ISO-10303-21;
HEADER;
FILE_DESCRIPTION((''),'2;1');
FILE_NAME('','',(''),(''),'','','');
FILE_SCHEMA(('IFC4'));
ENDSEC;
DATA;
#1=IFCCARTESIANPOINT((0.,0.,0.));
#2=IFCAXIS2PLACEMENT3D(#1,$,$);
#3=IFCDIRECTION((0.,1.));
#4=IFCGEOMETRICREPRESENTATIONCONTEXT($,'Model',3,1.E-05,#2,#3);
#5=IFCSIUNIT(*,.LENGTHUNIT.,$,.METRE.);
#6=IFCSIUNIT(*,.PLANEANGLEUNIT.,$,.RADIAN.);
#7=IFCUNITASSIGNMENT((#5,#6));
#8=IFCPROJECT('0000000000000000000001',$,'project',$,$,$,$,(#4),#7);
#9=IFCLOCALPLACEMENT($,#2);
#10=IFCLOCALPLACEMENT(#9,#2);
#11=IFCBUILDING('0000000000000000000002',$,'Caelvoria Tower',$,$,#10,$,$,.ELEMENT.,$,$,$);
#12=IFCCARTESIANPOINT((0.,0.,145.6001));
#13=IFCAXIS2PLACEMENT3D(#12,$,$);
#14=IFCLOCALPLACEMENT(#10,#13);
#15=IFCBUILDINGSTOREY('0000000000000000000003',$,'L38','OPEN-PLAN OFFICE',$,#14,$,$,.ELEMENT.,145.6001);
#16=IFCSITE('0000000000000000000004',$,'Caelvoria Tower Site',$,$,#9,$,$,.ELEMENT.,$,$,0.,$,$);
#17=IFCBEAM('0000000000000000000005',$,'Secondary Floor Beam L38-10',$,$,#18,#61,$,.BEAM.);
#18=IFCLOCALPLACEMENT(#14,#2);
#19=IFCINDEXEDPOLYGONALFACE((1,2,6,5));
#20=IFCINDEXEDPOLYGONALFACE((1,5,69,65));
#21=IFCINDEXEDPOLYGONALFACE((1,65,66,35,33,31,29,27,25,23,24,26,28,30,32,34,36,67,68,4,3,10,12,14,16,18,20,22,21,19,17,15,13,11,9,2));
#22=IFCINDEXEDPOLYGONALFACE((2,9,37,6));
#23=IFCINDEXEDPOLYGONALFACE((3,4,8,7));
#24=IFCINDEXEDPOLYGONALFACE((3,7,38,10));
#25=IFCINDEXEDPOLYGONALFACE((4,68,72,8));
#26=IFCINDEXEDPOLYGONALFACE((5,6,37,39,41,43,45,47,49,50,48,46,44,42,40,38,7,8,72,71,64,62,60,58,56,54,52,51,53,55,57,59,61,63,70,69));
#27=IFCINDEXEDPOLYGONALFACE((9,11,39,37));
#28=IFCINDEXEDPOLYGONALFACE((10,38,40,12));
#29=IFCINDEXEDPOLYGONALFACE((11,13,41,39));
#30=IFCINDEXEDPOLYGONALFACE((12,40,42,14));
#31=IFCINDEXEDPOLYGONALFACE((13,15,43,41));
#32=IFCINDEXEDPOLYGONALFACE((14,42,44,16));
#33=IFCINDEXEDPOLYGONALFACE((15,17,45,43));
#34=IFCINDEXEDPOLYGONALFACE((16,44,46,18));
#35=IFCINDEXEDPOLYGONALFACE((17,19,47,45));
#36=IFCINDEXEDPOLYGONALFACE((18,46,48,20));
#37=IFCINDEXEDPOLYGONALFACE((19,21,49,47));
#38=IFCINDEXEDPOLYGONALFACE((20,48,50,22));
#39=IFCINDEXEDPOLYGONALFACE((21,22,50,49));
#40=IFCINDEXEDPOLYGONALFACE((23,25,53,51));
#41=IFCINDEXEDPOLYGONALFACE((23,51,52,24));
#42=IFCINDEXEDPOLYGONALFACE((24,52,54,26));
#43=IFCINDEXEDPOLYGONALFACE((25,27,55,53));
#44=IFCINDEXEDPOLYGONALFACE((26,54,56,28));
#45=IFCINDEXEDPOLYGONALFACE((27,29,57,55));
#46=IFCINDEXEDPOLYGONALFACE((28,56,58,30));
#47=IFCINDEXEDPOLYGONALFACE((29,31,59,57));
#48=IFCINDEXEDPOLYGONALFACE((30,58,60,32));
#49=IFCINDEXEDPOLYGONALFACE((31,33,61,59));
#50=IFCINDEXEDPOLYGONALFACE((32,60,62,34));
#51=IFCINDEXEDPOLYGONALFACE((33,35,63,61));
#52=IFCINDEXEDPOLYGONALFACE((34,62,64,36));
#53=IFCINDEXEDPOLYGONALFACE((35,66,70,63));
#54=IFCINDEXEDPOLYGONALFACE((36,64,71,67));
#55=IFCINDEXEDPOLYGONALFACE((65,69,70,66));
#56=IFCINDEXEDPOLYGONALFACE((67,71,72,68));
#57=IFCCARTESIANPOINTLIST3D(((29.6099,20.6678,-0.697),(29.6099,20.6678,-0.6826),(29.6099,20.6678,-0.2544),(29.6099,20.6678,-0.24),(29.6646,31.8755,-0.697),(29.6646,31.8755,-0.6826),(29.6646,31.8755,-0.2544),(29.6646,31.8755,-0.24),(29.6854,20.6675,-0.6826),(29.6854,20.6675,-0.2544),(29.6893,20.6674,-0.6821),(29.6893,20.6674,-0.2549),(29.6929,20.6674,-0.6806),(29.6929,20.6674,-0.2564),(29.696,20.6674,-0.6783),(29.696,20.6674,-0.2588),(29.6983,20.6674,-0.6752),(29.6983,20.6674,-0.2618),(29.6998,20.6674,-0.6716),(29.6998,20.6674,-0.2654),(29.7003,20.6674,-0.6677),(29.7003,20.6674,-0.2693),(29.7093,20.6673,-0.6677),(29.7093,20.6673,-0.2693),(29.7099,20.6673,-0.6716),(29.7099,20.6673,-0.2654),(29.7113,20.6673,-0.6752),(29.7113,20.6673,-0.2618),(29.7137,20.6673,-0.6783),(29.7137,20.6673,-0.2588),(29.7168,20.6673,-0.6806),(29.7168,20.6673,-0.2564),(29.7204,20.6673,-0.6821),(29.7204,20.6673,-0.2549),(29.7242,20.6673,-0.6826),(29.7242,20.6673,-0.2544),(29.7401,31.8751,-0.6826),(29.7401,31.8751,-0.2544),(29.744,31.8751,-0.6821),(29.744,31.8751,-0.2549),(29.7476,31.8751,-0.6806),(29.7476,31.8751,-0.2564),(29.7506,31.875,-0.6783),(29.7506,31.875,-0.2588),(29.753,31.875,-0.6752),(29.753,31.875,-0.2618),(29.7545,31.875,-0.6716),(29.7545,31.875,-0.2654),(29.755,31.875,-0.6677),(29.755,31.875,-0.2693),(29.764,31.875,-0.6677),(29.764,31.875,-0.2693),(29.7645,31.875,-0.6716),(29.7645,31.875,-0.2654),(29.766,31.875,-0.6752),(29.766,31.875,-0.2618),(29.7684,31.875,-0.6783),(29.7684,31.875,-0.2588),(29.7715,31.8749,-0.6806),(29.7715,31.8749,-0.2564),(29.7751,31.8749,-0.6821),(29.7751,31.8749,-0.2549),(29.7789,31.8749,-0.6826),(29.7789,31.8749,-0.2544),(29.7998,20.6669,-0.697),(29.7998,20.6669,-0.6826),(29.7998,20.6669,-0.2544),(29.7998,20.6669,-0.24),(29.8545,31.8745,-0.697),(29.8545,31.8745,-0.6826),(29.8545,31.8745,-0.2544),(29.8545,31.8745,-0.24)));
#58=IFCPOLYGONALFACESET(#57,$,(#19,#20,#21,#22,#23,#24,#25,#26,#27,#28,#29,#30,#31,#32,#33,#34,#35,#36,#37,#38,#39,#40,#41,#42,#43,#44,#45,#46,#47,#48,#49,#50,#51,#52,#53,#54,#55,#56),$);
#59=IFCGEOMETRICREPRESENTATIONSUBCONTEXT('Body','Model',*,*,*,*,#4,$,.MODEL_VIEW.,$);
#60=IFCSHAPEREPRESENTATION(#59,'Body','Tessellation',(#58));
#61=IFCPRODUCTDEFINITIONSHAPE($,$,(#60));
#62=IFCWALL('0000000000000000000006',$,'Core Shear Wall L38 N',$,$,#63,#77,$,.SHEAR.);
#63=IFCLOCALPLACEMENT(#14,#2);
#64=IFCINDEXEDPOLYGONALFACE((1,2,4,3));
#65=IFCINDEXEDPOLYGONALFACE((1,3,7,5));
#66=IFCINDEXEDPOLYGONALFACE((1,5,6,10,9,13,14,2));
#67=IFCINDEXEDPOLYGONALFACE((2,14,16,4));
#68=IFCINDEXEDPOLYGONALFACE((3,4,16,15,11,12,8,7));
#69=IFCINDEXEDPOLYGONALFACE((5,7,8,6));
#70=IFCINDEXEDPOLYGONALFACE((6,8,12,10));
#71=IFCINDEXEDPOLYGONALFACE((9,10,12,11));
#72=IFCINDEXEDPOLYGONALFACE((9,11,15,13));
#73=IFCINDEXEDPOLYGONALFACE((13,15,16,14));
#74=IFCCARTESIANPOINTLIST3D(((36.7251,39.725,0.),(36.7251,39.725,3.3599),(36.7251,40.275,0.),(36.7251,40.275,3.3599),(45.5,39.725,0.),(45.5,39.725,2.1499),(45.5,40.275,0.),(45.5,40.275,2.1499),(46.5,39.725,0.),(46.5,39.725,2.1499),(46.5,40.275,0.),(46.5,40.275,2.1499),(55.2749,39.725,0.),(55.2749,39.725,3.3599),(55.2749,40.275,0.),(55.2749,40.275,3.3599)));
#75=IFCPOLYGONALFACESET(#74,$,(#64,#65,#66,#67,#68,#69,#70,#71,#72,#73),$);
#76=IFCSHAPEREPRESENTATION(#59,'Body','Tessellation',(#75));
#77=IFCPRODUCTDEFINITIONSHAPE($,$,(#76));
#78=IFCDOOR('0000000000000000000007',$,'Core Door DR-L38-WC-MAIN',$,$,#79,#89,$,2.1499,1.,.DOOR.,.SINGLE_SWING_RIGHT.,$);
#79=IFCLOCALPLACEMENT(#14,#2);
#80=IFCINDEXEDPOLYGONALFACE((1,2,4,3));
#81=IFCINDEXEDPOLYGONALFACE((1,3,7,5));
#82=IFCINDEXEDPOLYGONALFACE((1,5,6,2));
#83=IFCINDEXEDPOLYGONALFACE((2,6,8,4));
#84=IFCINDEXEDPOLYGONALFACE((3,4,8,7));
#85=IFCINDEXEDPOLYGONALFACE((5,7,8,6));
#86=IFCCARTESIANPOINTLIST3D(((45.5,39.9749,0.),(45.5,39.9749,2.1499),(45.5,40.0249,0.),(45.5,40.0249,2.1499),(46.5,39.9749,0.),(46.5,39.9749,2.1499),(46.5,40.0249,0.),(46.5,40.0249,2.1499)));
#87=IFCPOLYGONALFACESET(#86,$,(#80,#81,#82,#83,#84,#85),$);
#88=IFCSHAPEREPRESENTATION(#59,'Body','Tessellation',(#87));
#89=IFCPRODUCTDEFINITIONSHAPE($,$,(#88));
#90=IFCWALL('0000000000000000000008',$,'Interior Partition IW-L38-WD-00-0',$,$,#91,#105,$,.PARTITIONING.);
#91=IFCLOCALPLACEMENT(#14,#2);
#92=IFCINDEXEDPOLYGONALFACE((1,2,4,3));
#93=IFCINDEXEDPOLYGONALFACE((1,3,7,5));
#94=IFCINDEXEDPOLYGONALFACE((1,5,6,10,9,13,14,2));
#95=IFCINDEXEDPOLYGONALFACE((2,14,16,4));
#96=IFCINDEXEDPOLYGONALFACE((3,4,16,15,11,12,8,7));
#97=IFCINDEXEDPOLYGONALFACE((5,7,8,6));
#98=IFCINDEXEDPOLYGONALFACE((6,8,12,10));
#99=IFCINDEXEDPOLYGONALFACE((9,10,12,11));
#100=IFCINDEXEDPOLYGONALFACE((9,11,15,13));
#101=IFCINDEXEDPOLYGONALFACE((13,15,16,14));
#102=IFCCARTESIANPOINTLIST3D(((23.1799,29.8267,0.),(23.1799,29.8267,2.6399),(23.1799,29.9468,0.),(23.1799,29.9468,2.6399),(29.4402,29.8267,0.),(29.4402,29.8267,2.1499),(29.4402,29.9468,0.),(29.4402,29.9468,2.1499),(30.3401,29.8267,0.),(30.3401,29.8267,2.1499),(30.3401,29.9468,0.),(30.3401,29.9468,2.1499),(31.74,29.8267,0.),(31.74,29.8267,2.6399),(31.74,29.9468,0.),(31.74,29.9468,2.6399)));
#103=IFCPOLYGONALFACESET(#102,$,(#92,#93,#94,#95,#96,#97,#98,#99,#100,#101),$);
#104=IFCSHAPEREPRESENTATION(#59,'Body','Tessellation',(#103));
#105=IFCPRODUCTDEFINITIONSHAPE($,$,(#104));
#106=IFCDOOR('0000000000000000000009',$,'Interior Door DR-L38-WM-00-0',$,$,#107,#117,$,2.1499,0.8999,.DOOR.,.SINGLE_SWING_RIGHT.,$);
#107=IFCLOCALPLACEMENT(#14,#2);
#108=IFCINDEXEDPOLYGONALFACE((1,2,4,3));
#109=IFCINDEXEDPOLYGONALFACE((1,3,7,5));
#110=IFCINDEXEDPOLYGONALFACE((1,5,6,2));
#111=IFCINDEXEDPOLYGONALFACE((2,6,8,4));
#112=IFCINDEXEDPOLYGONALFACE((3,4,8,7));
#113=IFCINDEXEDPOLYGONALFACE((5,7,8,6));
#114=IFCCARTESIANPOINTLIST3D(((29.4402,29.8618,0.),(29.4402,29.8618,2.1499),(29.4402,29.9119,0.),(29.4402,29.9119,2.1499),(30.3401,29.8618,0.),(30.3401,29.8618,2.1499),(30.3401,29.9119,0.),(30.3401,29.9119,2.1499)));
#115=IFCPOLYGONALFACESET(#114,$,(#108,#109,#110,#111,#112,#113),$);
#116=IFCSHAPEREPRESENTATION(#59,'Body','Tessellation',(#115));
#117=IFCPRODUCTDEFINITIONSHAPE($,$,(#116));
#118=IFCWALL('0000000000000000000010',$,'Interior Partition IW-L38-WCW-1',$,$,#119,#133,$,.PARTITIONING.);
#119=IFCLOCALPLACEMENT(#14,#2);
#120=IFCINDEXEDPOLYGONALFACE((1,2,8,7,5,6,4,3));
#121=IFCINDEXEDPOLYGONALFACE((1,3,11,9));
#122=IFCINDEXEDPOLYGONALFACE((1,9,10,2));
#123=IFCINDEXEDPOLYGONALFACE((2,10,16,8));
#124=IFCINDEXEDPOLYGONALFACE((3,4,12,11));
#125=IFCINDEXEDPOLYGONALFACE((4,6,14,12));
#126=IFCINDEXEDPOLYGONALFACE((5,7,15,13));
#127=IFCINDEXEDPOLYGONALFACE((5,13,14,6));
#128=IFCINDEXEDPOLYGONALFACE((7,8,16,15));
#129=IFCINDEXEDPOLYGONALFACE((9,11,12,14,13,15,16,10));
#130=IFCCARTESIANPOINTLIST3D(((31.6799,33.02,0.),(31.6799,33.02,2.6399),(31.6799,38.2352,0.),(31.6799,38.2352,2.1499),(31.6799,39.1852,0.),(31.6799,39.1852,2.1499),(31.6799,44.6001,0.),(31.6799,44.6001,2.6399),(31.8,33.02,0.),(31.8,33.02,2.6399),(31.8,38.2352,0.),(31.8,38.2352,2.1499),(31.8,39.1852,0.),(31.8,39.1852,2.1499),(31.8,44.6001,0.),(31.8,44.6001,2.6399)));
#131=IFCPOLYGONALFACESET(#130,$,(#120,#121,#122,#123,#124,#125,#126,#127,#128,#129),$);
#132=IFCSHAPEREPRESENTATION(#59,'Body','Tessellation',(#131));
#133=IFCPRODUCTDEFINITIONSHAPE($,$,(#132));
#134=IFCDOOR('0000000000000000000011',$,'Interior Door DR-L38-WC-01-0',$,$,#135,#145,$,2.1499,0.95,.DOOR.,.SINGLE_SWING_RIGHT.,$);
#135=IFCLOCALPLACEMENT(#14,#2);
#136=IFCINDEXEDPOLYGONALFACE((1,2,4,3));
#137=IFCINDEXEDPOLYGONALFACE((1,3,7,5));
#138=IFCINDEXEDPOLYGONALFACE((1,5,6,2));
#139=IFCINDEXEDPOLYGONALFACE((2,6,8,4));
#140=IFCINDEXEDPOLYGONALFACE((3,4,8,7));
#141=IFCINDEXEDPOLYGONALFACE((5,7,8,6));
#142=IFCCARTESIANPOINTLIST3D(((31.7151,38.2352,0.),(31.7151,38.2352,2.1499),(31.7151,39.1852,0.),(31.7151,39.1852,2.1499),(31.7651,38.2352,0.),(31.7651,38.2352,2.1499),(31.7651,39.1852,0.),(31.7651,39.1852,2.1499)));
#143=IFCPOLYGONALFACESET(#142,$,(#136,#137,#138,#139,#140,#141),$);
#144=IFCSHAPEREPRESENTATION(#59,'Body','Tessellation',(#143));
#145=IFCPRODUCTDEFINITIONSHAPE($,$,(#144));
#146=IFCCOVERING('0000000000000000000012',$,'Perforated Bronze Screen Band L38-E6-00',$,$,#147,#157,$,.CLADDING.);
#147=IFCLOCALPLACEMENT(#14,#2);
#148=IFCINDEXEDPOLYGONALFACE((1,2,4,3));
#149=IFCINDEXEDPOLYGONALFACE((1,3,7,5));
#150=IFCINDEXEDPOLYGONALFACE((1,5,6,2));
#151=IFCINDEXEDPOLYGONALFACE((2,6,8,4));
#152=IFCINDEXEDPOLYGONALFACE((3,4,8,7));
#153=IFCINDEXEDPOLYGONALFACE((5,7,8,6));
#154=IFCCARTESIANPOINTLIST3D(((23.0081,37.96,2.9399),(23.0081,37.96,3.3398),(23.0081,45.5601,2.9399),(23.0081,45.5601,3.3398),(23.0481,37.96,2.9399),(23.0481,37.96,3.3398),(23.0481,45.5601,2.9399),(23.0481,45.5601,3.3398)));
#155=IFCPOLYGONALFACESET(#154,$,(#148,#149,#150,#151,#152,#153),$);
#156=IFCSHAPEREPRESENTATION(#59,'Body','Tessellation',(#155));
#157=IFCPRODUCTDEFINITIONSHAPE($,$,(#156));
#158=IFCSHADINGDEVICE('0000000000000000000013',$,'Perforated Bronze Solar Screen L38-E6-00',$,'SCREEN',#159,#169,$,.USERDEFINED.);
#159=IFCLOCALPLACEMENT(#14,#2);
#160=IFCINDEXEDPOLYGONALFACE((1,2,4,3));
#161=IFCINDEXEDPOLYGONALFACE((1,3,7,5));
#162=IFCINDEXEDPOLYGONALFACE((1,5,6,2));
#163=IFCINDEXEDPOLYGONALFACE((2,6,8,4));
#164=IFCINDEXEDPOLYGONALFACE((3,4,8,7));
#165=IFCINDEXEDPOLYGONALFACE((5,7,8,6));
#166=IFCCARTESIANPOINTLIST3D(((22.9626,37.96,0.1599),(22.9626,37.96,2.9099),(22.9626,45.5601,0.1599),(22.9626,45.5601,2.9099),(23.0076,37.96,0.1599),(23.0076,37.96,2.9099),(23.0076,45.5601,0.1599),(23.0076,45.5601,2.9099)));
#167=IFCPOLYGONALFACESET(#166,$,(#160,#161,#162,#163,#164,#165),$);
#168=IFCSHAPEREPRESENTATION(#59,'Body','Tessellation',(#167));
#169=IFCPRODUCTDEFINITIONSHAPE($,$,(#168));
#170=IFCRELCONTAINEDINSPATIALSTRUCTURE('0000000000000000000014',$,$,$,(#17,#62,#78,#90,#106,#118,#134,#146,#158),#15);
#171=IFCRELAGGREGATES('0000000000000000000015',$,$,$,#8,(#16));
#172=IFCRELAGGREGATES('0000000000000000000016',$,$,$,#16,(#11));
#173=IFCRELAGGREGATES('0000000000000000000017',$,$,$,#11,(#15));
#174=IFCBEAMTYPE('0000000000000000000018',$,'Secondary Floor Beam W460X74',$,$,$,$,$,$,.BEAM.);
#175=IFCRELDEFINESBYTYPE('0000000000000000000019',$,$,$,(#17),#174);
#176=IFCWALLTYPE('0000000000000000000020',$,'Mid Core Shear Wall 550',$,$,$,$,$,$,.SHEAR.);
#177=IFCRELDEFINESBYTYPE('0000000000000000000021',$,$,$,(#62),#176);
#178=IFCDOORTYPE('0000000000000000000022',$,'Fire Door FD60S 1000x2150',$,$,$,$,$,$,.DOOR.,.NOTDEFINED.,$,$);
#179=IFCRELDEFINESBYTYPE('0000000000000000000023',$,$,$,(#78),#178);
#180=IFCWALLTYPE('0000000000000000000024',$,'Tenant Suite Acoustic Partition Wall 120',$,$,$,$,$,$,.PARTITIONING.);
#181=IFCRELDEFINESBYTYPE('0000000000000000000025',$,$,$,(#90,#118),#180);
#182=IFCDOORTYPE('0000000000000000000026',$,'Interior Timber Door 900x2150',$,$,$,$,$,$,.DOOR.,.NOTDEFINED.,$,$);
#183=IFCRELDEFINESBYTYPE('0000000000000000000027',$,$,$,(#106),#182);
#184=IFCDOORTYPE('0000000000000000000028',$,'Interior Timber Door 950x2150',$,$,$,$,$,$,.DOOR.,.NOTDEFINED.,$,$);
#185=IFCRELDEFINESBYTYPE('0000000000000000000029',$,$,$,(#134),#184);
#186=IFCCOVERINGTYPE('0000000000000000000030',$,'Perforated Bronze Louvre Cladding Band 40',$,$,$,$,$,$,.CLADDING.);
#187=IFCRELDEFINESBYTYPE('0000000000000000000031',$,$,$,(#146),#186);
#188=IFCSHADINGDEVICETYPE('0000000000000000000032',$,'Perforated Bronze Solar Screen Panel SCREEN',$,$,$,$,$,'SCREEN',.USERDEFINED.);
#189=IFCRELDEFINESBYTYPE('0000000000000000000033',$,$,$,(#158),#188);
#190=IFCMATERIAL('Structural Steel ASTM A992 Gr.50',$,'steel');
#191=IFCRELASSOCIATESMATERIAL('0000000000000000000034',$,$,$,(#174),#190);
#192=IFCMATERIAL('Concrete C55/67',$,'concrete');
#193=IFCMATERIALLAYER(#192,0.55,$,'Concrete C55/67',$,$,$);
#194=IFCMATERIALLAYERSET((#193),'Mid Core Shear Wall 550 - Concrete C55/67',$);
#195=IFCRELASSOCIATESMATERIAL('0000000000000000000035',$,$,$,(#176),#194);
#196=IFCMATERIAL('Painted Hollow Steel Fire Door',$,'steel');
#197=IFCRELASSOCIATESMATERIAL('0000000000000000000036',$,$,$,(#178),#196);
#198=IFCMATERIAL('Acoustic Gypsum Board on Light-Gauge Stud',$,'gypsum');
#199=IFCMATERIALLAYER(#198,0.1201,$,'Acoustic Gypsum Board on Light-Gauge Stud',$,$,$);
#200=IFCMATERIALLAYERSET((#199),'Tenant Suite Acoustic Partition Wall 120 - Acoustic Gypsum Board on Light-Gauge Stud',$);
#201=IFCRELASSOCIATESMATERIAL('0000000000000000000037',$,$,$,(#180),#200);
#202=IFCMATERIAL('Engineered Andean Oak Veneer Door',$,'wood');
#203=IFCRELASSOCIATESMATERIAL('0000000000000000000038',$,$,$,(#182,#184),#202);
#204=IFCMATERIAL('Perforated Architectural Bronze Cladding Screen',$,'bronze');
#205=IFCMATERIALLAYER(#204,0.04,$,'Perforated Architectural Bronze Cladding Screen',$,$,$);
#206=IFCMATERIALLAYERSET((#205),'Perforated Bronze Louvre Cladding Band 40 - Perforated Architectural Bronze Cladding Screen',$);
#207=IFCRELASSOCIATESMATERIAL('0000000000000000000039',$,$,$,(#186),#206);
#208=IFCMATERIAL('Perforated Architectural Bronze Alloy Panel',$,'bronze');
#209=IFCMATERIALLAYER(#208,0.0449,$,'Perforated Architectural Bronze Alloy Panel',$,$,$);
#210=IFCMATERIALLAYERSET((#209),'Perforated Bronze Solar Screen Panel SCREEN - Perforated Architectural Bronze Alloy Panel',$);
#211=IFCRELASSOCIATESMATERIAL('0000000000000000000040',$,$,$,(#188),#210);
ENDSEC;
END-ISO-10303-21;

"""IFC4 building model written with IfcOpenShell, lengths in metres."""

from ifc_helpers import new_model, si_unit, direction, frame, frame_2d, origin, origin_2d, place, context, subcontext, project, spatial, rectangle, i_section, extrude, material, layer, layer_set, material_profile, profile_set, type_object, element, fill, save


model = new_model("IFC4")

# Units and contexts
model_context = context("Model", 3, precision=1e-05, world=origin(), true_north=direction((0.0, 1.0)))
body_context = subcontext(model_context, "Body", "Model", "MODEL_VIEW")
ifc_project = project(units=[si_unit("LENGTHUNIT", "METRE"), si_unit("PLANEANGLEUNIT", "RADIAN")], contexts=[model_context])

# Site, building, storey
site_placement = place(None, origin())
site = spatial("IfcSite", under=ifc_project, at=site_placement, Name="Caelvoria Tower Site", CompositionType="ELEMENT", RefElevation=0.0)
building_placement = place(site_placement, origin())
building = spatial("IfcBuilding", under=site, at=building_placement, Name="Caelvoria Tower", CompositionType="ELEMENT")
storey_placement = place(building_placement, frame((0.0, 0.0, 145.6001)))
storey = spatial("IfcBuildingStorey", under=building, at=storey_placement, Name="L38", Description="OPEN-PLAN OFFICE", CompositionType="ELEMENT", Elevation=145.6001)

# Shared definitions
ifc_material_1 = material(Name="Structural Steel ASTM A992 Gr.50", Category="steel")

# Beam
ifc_material_profile_1 = material_profile(ifc_material_1, i_section(OverallWidth=0.1899, OverallDepth=0.457, WebThickness=0.009, FlangeThickness=0.0144, FilletRadius=0.0149, at=origin_2d()), Name="Structural Steel ASTM A992 Gr.50")
ifc_profile_set_1 = profile_set([ifc_material_profile_1], Name="W460X74 - Structural Steel ASTM A992 Gr.50")
beam_type_1 = type_object("IfcBeamType", Name="Secondary Floor Beam W460X74", PredefinedType="BEAM", material=ifc_profile_set_1)
beam_1_placement = place(storey_placement, frame((29.7595, 31.875, -0.4685), z_axis=(-0.004879, -0.999988, 0.0), x_axis=(0.999988, -0.004879, 0.0)))
element("IfcBeam", 1, at=beam_1_placement, inside=storey, type_object=beam_type_1, Name="Secondary Floor Beam L38-10", PredefinedType="BEAM", context=body_context, shape_type="SweptSolid", body=[
    extrude(i_section(OverallWidth=0.1899, OverallDepth=0.457, WebThickness=0.009, FlangeThickness=0.0144, FilletRadius=0.0149, at=origin_2d()), origin(), (0.0, 0.0, 1.0), 11.2078),
])

# Walls, openings, doors
ifc_material_2 = material(Name="Concrete C55/67", Category="concrete")
ifc_layer_1 = layer(ifc_material_2, 0.55, Name="Concrete C55/67")
ifc_layer_set_1 = layer_set([ifc_layer_1], Name="Mid Core Shear Wall 550 - Concrete C55/67")
wall_type_1 = type_object("IfcWallType", Name="Mid Core Shear Wall 550", PredefinedType="SHEAR", material=ifc_layer_set_1)
wall_1_placement = place(storey_placement, frame((36.7251, 40.0, 0.0), z_axis=(0.0, 0.0, 1.0), x_axis=(1.0, 0.0, 0.0)))
wall_1 = element("IfcWall", 2, at=wall_1_placement, inside=storey, type_object=wall_type_1, Name="Core Shear Wall L38 N", PredefinedType="SHEAR", context=body_context, shape_type="SweptSolid", body=[
    extrude(rectangle(XDim=18.5498, YDim=0.55, at=frame_2d((9.2749, 0.0))), origin(), (0.0, 0.0, 1.0), 3.3599),
])
opening_1_placement = place(wall_1_placement, frame((8.7749, 0.0, 0.0)))
opening_1 = element("IfcOpeningElement", 3, at=opening_1_placement, cuts=wall_1, PredefinedType="OPENING", context=body_context, shape_type="SweptSolid", body=[
    extrude(rectangle(XDim=1.0, YDim=2.1499, at=frame_2d((0.5, 1.075))), frame((0.0, 0.2849, 0.0), z_axis=(0.0, -1.0, 0.0), x_axis=(1.0, 0.0, 0.0)), (0.0, 0.0, 1.0), 0.5701),
])
ifc_material_3 = material(Name="Painted Hollow Steel Fire Door", Category="steel")
door_type_1 = type_object("IfcDoorType", Name="Fire Door FD60S 1000x2150", OperationType="NOTDEFINED", PredefinedType="DOOR", material=ifc_material_3)
door_1_placement = place(opening_1_placement, origin())
door_1 = element("IfcDoor", 4, at=door_1_placement, inside=storey, type_object=door_type_1, Name="Core Door DR-L38-WC-MAIN", OperationType="SINGLE_SWING_RIGHT", OverallHeight=2.1499, OverallWidth=1.0, PredefinedType="DOOR", context=body_context, shape_type="SweptSolid", body=[
    extrude(rectangle(XDim=1.0, YDim=2.1499, at=frame_2d((0.5, 1.075))), frame((0.0, 0.0249, 0.0), z_axis=(0.0, -1.0, 0.0), x_axis=(1.0, 0.0, 0.0)), (0.0, 0.0, 1.0), 0.05),
])
fill(opening_1, door_1)
ifc_material_4 = material(Name="Acoustic Gypsum Board on Light-Gauge Stud", Category="gypsum")
ifc_layer_2 = layer(ifc_material_4, 0.1201, Name="Acoustic Gypsum Board on Light-Gauge Stud")
ifc_layer_set_2 = layer_set([ifc_layer_2], Name="Tenant Suite Acoustic Partition Wall 120 - Acoustic Gypsum Board on Light-Gauge Stud")
wall_type_2 = type_object("IfcWallType", Name="Tenant Suite Acoustic Partition Wall 120", PredefinedType="PARTITIONING", material=ifc_layer_set_2)
wall_2_placement = place(storey_placement, frame((31.74, 29.8867, 0.0), z_axis=(0.0, 0.0, 1.0), x_axis=(-1.0, 0.0, 0.0)))
wall_2 = element("IfcWall", 5, at=wall_2_placement, inside=storey, type_object=wall_type_2, Name="Interior Partition IW-L38-WD-00-0", PredefinedType="PARTITIONING", context=body_context, shape_type="SweptSolid", body=[
    extrude(rectangle(XDim=8.5601, YDim=0.1201, at=frame_2d((4.28, 0.0))), origin(), (0.0, 0.0, 1.0), 2.6399),
])
opening_2_placement = place(wall_2_placement, frame((1.3999, 0.0, 0.0)))
opening_2 = element("IfcOpeningElement", 6, at=opening_2_placement, cuts=wall_2, PredefinedType="OPENING", context=body_context, shape_type="SweptSolid", body=[
    extrude(rectangle(XDim=0.8999, YDim=2.1499, at=frame_2d((0.45, 1.075))), frame((0.0, 0.0701, 0.0), z_axis=(0.0, -1.0, 0.0), x_axis=(1.0, 0.0, 0.0)), (0.0, 0.0, 1.0), 0.1401),
])
ifc_material_5 = material(Name="Engineered Andean Oak Veneer Door", Category="wood")
door_type_2 = type_object("IfcDoorType", Name="Interior Timber Door 900x2150", OperationType="NOTDEFINED", PredefinedType="DOOR", material=ifc_material_5)
door_2_placement = place(opening_2_placement, origin())
door_2 = element("IfcDoor", 7, at=door_2_placement, inside=storey, type_object=door_type_2, Name="Interior Door DR-L38-WM-00-0", OperationType="SINGLE_SWING_RIGHT", OverallHeight=2.1499, OverallWidth=0.8999, PredefinedType="DOOR", context=body_context, shape_type="SweptSolid", body=[
    extrude(rectangle(XDim=0.8999, YDim=2.1499, at=frame_2d((0.45, 1.075))), frame((0.0, 0.0249, 0.0), z_axis=(0.0, -1.0, 0.0), x_axis=(1.0, 0.0, 0.0)), (0.0, 0.0, 1.0), 0.05),
])
fill(opening_2, door_2)
wall_3_placement = place(storey_placement, frame((31.74, 33.02, 0.0), z_axis=(0.0, 0.0, 1.0), x_axis=(0.0, 1.0, 0.0)))
wall_3 = element("IfcWall", 8, at=wall_3_placement, inside=storey, type_object=wall_type_2, Name="Interior Partition IW-L38-WCW-1", PredefinedType="PARTITIONING", context=body_context, shape_type="SweptSolid", body=[
    extrude(rectangle(XDim=11.5801, YDim=0.1201, at=frame_2d((5.79, 0.0))), origin(), (0.0, 0.0, 1.0), 2.6399),
])
opening_3_placement = place(wall_3_placement, frame((5.2151, 0.0, 0.0)))
opening_3 = element("IfcOpeningElement", 9, at=opening_3_placement, cuts=wall_3, PredefinedType="OPENING", context=body_context, shape_type="SweptSolid", body=[
    extrude(rectangle(XDim=0.95, YDim=2.1499, at=frame_2d((0.4751, 1.075))), frame((0.0, 0.0701, 0.0), z_axis=(0.0, -1.0, 0.0), x_axis=(1.0, 0.0, 0.0)), (0.0, 0.0, 1.0), 0.1401),
])
door_type_3 = type_object("IfcDoorType", Name="Interior Timber Door 950x2150", OperationType="NOTDEFINED", PredefinedType="DOOR", material=ifc_material_5)
door_3_placement = place(opening_3_placement, origin())
door_3 = element("IfcDoor", 10, at=door_3_placement, inside=storey, type_object=door_type_3, Name="Interior Door DR-L38-WC-01-0", OperationType="SINGLE_SWING_RIGHT", OverallHeight=2.1499, OverallWidth=0.95, PredefinedType="DOOR", context=body_context, shape_type="SweptSolid", body=[
    extrude(rectangle(XDim=0.95, YDim=2.1499, at=frame_2d((0.4751, 1.075))), frame((0.0, 0.0249, 0.0), z_axis=(0.0, -1.0, 0.0), x_axis=(1.0, 0.0, 0.0)), (0.0, 0.0, 1.0), 0.05),
])
fill(opening_3, door_3)

# Covering
ifc_material_6 = material(Name="Perforated Architectural Bronze Cladding Screen", Category="bronze")
ifc_layer_3 = layer(ifc_material_6, 0.04, Name="Perforated Architectural Bronze Cladding Screen")
ifc_layer_set_3 = layer_set([ifc_layer_3], Name="Perforated Bronze Louvre Cladding Band 40 - Perforated Architectural Bronze Cladding Screen")
covering_type = type_object("IfcCoveringType", Name="Perforated Bronze Louvre Cladding Band 40", PredefinedType="CLADDING", material=ifc_layer_set_3)
covering_placement = place(storey_placement, frame((23.0281, 41.76, 2.9399), z_axis=(0.0, 0.0, 1.0), x_axis=(0.0, -1.0, 0.0)))
element("IfcCovering", 11, at=covering_placement, inside=storey, type_object=covering_type, Name="Perforated Bronze Screen Band L38-E6-00", PredefinedType="CLADDING", context=body_context, shape_type="SweptSolid", body=[
    extrude(rectangle(XDim=7.6001, YDim=0.04, at=origin_2d()), origin(), (0.0, 0.0, 1.0), 0.3999),
])

# Shading device
ifc_material_7 = material(Name="Perforated Architectural Bronze Alloy Panel", Category="bronze")
ifc_layer_4 = layer(ifc_material_7, 0.0449, Name="Perforated Architectural Bronze Alloy Panel")
ifc_layer_set_4 = layer_set([ifc_layer_4], Name="Perforated Bronze Solar Screen Panel SCREEN - Perforated Architectural Bronze Alloy Panel")
shading_device_type = type_object("IfcShadingDeviceType", Name="Perforated Bronze Solar Screen Panel SCREEN", ElementType="SCREEN", PredefinedType="USERDEFINED", material=ifc_layer_set_4)
shading_device_placement = place(storey_placement, frame((22.9851, 41.76, 0.1599), z_axis=(0.0, 0.0, 1.0), x_axis=(0.0, -1.0, 0.0)))
element("IfcShadingDevice", 12, at=shading_device_placement, inside=storey, type_object=shading_device_type, Name="Perforated Bronze Solar Screen L38-E6-00", ObjectType="SCREEN", PredefinedType="USERDEFINED", context=body_context, shape_type="SweptSolid", body=[
    extrude(rectangle(XDim=7.6001, YDim=0.0449, at=origin_2d()), origin(), (0.0, 0.0, 1.0), 2.75),
])

save(model, "model.ifc")
